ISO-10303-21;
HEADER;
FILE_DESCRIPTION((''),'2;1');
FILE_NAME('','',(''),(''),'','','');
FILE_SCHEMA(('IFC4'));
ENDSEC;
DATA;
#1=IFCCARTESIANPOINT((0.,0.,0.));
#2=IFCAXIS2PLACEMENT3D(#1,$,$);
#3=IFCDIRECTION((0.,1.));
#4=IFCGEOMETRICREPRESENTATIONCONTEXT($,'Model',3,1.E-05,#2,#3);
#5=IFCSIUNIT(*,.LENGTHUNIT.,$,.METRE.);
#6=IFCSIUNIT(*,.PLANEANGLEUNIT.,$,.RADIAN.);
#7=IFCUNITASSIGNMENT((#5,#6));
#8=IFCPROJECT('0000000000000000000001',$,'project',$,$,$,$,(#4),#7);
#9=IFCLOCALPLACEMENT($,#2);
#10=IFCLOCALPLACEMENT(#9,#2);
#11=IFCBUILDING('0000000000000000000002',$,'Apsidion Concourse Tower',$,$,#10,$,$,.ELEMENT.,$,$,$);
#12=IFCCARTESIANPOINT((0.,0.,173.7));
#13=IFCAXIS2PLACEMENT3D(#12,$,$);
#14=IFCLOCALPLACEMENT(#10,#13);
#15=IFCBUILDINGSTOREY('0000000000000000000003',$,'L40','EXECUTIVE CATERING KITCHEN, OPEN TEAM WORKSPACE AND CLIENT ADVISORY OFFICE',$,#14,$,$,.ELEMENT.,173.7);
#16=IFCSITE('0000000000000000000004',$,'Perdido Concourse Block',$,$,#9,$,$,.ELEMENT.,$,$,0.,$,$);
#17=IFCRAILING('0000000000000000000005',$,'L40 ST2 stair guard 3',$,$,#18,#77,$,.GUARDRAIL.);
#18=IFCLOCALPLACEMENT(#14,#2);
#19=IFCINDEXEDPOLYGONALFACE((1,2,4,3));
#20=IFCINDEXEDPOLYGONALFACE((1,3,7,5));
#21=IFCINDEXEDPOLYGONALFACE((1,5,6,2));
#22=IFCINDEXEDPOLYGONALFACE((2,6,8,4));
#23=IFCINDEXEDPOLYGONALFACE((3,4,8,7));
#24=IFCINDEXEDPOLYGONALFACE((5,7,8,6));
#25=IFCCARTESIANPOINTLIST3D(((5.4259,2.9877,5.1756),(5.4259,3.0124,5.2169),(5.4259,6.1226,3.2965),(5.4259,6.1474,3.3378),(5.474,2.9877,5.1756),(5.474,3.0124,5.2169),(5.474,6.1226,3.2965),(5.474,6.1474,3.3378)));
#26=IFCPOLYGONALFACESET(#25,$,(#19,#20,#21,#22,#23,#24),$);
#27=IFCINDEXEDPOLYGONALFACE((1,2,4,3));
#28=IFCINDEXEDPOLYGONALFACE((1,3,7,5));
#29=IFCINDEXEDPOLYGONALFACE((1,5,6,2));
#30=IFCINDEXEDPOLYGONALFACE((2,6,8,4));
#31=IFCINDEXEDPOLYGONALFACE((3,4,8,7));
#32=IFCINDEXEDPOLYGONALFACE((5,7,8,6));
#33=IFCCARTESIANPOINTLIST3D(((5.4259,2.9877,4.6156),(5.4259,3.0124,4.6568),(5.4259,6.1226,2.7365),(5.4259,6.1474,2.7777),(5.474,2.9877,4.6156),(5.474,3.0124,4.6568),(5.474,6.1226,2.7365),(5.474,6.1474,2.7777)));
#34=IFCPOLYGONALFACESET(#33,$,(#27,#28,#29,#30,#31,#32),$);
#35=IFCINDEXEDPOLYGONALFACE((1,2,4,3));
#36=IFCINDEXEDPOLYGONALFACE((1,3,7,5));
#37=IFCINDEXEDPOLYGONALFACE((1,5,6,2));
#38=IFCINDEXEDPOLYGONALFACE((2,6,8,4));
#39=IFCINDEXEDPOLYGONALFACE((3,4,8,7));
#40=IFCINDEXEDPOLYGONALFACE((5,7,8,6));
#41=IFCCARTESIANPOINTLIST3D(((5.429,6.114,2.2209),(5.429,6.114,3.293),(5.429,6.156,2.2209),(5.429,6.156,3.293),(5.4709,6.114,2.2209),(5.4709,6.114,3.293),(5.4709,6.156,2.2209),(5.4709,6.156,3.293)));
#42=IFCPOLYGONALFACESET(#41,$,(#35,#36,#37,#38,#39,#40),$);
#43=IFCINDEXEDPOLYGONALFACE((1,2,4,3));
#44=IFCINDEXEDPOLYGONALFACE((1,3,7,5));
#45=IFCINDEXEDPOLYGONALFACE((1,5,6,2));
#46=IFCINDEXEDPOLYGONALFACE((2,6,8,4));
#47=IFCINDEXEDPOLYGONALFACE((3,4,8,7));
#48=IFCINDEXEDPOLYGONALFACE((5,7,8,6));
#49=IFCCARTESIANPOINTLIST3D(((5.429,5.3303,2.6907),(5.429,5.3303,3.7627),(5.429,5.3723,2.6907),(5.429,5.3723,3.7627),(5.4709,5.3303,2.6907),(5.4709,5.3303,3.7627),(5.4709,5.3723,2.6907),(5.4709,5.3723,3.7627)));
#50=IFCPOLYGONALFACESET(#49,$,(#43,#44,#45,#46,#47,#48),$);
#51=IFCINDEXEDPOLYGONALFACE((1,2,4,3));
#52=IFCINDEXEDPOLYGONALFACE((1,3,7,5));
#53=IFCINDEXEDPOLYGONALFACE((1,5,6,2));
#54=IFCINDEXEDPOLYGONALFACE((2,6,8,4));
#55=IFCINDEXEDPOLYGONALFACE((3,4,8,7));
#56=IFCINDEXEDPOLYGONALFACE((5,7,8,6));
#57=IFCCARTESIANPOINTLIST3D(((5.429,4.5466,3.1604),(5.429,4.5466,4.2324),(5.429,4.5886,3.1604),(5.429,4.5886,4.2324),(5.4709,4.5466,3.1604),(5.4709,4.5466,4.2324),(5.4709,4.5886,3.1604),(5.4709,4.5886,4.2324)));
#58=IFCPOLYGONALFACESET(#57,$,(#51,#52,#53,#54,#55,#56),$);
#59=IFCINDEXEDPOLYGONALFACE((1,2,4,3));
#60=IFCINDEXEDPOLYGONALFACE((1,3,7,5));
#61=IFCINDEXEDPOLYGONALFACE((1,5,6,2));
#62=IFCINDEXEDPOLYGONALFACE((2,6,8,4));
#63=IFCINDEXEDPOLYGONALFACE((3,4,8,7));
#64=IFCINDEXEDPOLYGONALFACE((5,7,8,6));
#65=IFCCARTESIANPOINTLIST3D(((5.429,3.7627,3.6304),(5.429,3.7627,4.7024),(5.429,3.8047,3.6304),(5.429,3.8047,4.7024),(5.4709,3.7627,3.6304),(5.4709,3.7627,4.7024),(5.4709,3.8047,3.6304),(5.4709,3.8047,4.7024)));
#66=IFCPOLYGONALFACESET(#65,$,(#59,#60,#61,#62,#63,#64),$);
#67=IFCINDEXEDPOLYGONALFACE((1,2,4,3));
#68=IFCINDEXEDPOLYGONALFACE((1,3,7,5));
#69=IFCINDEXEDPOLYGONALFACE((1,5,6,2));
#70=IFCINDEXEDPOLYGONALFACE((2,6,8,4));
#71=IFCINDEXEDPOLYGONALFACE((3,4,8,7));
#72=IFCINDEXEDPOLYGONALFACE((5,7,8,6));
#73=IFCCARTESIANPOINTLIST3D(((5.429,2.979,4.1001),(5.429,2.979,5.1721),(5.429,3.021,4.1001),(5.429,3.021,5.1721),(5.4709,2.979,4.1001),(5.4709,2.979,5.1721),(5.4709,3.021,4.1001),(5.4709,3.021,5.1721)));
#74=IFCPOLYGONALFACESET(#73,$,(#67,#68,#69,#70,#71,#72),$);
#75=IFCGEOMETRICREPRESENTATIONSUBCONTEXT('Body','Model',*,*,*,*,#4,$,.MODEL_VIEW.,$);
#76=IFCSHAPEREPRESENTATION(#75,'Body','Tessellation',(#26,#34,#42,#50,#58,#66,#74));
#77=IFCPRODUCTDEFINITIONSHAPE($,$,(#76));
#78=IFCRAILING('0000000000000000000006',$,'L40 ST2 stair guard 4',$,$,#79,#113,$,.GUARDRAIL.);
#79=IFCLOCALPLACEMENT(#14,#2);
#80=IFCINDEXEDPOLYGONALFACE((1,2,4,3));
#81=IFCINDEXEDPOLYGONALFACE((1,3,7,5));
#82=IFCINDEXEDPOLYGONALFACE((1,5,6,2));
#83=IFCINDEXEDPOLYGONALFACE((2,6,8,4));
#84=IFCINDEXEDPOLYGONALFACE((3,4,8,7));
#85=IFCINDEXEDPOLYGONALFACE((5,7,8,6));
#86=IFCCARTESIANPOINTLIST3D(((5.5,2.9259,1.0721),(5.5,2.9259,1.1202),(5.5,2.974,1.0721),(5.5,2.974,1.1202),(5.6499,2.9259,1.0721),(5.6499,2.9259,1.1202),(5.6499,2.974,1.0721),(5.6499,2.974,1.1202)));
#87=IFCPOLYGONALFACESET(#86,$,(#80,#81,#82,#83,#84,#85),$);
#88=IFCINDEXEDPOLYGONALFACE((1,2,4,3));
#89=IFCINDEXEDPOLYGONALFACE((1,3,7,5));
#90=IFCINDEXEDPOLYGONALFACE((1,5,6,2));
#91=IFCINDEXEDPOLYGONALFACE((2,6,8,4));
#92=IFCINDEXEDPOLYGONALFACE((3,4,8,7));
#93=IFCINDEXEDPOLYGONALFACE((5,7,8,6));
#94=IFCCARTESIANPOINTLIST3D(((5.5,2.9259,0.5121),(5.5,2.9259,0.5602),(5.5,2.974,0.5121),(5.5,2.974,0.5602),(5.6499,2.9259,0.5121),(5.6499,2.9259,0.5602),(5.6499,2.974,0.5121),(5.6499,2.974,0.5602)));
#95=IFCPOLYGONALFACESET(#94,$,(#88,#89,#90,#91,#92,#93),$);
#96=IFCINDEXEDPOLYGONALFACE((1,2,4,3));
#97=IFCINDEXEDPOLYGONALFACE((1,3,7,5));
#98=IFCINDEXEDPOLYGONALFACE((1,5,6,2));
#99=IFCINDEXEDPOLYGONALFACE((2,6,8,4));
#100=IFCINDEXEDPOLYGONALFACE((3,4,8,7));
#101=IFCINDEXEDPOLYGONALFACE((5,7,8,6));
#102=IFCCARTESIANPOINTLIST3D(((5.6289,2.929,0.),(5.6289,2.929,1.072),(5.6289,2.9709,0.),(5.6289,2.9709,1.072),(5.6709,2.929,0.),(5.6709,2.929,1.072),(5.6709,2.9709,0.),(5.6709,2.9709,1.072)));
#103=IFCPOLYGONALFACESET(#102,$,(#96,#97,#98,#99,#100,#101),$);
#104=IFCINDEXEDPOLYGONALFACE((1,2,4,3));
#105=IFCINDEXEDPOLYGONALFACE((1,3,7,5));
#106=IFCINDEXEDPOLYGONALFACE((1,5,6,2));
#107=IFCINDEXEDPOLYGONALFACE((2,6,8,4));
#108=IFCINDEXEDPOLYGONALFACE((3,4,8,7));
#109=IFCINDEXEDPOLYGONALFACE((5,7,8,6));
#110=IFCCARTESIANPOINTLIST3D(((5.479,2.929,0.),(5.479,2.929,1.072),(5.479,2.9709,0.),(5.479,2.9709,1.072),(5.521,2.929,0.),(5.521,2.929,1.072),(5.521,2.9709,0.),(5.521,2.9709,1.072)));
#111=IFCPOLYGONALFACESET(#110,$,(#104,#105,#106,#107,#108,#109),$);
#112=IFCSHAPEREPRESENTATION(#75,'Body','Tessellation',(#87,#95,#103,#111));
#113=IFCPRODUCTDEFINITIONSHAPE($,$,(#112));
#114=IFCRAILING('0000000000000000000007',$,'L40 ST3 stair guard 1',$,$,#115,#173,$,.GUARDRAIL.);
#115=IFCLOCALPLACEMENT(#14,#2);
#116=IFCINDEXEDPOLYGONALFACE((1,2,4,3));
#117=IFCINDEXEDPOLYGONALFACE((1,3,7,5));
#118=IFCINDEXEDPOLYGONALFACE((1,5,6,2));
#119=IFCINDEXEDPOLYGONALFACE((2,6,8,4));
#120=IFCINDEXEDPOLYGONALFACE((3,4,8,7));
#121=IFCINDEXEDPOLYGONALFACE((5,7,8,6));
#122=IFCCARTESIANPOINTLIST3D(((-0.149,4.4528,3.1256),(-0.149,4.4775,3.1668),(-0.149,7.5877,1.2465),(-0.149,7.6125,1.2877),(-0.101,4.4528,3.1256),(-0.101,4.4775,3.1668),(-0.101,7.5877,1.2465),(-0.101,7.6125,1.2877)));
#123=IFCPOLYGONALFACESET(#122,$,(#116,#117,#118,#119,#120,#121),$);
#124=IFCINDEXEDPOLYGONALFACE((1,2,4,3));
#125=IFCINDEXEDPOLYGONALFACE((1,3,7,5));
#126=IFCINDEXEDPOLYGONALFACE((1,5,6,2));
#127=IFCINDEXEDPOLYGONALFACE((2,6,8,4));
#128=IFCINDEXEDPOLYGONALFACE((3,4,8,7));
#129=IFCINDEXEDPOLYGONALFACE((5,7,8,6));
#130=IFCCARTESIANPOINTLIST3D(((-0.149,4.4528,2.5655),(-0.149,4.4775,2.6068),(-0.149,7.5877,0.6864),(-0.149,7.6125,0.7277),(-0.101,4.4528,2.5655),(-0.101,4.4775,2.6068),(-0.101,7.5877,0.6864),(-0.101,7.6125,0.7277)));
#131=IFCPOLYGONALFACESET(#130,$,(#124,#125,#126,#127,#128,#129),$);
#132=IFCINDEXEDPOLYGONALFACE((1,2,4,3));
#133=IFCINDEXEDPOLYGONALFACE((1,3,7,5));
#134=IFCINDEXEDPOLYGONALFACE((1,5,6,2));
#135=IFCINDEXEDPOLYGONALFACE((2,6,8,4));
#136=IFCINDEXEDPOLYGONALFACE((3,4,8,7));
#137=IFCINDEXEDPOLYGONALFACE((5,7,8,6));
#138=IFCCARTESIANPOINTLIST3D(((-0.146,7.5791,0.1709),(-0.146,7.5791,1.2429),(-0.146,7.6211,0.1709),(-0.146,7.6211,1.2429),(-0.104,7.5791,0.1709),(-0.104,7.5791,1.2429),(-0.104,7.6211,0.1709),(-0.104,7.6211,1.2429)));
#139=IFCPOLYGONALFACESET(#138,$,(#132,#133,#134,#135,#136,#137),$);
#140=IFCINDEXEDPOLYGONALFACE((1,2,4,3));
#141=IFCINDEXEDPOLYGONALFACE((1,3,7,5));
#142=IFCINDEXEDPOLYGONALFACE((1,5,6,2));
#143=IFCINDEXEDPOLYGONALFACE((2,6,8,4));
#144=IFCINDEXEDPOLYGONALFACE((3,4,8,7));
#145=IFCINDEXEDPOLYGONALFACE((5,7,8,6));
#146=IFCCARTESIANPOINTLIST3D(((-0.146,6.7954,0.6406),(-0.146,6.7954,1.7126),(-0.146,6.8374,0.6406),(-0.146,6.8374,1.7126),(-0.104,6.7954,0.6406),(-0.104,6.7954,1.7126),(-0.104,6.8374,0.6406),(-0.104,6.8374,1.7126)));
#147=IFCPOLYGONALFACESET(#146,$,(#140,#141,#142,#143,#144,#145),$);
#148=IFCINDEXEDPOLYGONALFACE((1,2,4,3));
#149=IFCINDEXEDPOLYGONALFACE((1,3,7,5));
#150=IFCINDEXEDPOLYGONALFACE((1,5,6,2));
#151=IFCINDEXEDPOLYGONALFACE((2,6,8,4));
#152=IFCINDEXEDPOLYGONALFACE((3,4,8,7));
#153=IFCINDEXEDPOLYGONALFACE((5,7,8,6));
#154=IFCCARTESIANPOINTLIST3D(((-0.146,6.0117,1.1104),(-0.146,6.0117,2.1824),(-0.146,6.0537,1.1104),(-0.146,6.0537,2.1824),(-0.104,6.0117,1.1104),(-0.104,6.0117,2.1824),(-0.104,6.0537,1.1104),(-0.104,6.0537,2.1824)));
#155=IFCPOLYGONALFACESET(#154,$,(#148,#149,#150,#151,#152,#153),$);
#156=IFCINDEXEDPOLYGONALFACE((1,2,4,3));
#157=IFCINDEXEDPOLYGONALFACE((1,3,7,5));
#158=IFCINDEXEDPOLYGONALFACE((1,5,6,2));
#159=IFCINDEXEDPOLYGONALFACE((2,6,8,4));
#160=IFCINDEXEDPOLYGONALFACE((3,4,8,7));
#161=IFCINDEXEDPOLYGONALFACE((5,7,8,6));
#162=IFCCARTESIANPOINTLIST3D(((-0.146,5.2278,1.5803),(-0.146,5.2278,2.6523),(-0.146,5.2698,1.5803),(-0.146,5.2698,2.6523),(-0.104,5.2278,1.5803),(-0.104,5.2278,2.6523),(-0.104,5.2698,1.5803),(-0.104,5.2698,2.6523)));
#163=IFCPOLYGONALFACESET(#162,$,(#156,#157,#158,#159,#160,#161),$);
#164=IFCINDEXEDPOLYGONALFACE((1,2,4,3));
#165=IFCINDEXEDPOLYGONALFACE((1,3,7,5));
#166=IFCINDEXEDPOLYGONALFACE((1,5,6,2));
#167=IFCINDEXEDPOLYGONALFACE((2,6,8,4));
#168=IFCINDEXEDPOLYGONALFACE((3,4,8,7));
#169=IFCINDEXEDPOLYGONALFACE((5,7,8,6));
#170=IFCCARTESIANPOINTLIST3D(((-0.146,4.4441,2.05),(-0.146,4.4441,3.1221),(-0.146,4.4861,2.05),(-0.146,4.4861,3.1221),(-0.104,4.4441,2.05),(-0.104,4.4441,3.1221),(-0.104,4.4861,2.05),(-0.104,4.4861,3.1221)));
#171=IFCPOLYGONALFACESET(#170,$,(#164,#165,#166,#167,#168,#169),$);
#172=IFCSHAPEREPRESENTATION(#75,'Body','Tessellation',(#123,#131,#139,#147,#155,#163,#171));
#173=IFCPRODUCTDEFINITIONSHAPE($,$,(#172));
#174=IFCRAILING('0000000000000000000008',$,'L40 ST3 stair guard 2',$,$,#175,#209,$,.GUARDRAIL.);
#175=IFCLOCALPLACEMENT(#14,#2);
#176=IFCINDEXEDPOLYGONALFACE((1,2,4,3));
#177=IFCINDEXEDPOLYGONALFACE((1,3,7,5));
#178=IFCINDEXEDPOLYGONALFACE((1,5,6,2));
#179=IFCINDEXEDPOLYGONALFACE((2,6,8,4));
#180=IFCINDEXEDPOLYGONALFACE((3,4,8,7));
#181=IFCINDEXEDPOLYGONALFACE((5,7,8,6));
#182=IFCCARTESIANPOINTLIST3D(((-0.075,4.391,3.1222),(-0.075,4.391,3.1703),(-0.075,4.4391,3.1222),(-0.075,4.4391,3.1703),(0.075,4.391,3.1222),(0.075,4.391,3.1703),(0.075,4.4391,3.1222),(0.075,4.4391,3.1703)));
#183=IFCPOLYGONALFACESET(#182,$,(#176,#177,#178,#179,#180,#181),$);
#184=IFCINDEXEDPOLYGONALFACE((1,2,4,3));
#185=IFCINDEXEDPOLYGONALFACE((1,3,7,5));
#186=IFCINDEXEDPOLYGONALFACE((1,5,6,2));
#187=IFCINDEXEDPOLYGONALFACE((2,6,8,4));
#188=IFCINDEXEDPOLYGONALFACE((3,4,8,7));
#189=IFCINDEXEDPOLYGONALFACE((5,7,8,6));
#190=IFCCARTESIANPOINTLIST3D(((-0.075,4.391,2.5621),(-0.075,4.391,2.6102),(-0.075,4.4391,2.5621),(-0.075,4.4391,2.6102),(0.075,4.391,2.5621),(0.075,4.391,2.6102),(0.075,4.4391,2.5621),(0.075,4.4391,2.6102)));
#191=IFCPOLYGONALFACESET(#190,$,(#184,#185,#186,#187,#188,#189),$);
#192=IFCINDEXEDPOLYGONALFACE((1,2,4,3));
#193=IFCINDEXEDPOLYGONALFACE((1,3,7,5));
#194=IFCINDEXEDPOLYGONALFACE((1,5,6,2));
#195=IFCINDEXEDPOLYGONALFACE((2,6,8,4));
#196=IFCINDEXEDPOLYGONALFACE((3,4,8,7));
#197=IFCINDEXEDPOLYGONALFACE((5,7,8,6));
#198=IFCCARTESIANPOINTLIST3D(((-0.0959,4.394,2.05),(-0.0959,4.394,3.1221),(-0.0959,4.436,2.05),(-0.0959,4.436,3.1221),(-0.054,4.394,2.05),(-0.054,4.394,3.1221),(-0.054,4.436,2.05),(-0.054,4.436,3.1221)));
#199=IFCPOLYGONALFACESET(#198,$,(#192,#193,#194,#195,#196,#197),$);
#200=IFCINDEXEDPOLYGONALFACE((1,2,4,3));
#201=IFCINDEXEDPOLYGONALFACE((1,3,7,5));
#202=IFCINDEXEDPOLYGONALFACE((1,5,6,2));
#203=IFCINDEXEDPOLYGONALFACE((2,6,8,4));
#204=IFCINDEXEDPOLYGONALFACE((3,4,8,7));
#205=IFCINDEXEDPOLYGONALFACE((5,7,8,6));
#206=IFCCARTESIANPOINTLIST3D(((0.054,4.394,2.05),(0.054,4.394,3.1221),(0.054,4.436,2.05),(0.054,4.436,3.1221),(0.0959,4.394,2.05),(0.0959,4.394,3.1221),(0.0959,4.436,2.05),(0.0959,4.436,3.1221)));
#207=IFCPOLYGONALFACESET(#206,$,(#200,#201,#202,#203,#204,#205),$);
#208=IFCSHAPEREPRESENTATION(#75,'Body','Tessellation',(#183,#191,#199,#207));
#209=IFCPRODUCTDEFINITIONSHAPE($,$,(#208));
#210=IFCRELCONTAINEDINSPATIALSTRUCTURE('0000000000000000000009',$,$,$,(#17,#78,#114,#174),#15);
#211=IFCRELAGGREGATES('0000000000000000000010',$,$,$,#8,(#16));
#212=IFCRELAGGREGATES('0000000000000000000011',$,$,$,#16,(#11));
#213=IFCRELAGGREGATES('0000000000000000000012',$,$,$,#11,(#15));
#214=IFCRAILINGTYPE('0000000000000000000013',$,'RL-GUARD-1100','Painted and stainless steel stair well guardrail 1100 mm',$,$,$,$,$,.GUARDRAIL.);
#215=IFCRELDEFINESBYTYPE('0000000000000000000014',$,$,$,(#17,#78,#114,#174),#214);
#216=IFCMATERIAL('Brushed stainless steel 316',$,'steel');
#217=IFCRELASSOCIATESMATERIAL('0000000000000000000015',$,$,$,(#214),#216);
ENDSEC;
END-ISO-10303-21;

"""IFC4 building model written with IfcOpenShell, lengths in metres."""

from ifc_helpers import new_model, si_unit, direction, frame, origin, origin_2d, place, context, subcontext, project, spatial, rectangle, extrude, material, type_object, element, save


model = new_model("IFC4")

# Units and contexts
model_context = context("Model", 3, precision=1e-05, world=origin(), true_north=direction((0.0, 1.0)))
body_context = subcontext(model_context, "Body", "Model", "MODEL_VIEW")
ifc_project = project(units=[si_unit("LENGTHUNIT", "METRE"), si_unit("PLANEANGLEUNIT", "RADIAN")], contexts=[model_context])

# Site, building, storey
site_placement = place(None, origin())
site = spatial("IfcSite", under=ifc_project, at=site_placement, Name="Perdido Concourse Block", CompositionType="ELEMENT", RefElevation=0.0)
building_placement = place(site_placement, origin())
building = spatial("IfcBuilding", under=site, at=building_placement, Name="Apsidion Concourse Tower", CompositionType="ELEMENT")
storey_placement = place(building_placement, frame((0.0, 0.0, 173.7)))
storey = spatial("IfcBuildingStorey", under=building, at=storey_placement, Name="L40", Description="EXECUTIVE CATERING KITCHEN, OPEN TEAM WORKSPACE AND CLIENT ADVISORY OFFICE", CompositionType="ELEMENT", Elevation=173.7)

# Railings
ifc_material_1 = material(Name="Brushed stainless steel 316", Category="steel")
railing_type_1 = type_object("IfcRailingType", Name="RL-GUARD-1100", Description="Painted and stainless steel stair well guardrail 1100 mm", PredefinedType="GUARDRAIL", material=ifc_material_1)
railing_1_placement = place(storey_placement, frame((5.45, 6.135, 2.2209)))
element("IfcRailing", 1, at=railing_1_placement, inside=storey, type_object=railing_type_1, Name="L40 ST2 stair guard 3", PredefinedType="GUARDRAIL", context=body_context, shape_type="SweptSolid", body=[
    extrude(rectangle(XDim=0.0481, YDim=0.0481, at=origin_2d()), frame((0.0, 0.0, 1.0962), z_axis=(0.0, -0.857717, 0.514122), x_axis=(1.0, 0.0, 0.0)), (0.0, 0.0, 1.0), 3.655),
    extrude(rectangle(XDim=0.0481, YDim=0.0481, at=origin_2d()), frame((0.0, 0.0, 0.5361), z_axis=(0.0, -0.857717, 0.514122), x_axis=(1.0, 0.0, 0.0)), (0.0, 0.0, 1.0), 3.655),
    extrude(rectangle(XDim=0.042, YDim=0.042, at=origin_2d()), origin(), (0.0, 0.0, 1.0), 1.072),
    extrude(rectangle(XDim=0.042, YDim=0.042, at=origin_2d()), frame((0.0, -0.7837, 0.4697)), (0.0, 0.0, 1.0), 1.072),
    extrude(rectangle(XDim=0.042, YDim=0.042, at=origin_2d()), frame((0.0, -1.5674, 0.9395)), (0.0, 0.0, 1.0), 1.072),
    extrude(rectangle(XDim=0.042, YDim=0.042, at=origin_2d()), frame((0.0, -2.3513, 1.4094)), (0.0, 0.0, 1.0), 1.072),
    extrude(rectangle(XDim=0.042, YDim=0.042, at=origin_2d()), frame((0.0, -3.135, 1.8792)), (0.0, 0.0, 1.0), 1.072),
])
railing_2_placement = place(storey_placement, frame((5.6499, 2.95, 0.0)))
element("IfcRailing", 2, at=railing_2_placement, inside=storey, type_object=railing_type_1, Name="L40 ST2 stair guard 4", PredefinedType="GUARDRAIL", context=body_context, shape_type="SweptSolid", body=[
    extrude(rectangle(XDim=0.0481, YDim=0.0481, at=origin_2d()), frame((0.0, 0.0, 1.0962), z_axis=(-1.0, 0.0, 0.0), x_axis=(0.0, -1.0, 0.0)), (0.0, 0.0, 1.0), 0.1499),
    extrude(rectangle(XDim=0.0481, YDim=0.0481, at=origin_2d()), frame((0.0, 0.0, 0.5361), z_axis=(-1.0, 0.0, 0.0), x_axis=(0.0, -1.0, 0.0)), (0.0, 0.0, 1.0), 0.1499),
    extrude(rectangle(XDim=0.042, YDim=0.042, at=origin_2d()), origin(), (0.0, 0.0, 1.0), 1.072),
    extrude(rectangle(XDim=0.042, YDim=0.042, at=origin_2d()), frame((-0.1499, 0.0, 0.0)), (0.0, 0.0, 1.0), 1.072),
])
railing_3_placement = place(storey_placement, frame((-0.125, 7.6001, 0.1709)))
element("IfcRailing", 3, at=railing_3_placement, inside=storey, type_object=railing_type_1, Name="L40 ST3 stair guard 1", PredefinedType="GUARDRAIL", context=body_context, shape_type="SweptSolid", body=[
    extrude(rectangle(XDim=0.0481, YDim=0.0481, at=origin_2d()), frame((0.0, 0.0, 1.0962), z_axis=(0.0, -0.857717, 0.514122), x_axis=(1.0, 0.0, 0.0)), (0.0, 0.0, 1.0), 3.655),
    extrude(rectangle(XDim=0.0481, YDim=0.0481, at=origin_2d()), frame((0.0, 0.0, 0.5361), z_axis=(0.0, -0.857717, 0.514122), x_axis=(1.0, 0.0, 0.0)), (0.0, 0.0, 1.0), 3.655),
    extrude(rectangle(XDim=0.042, YDim=0.042, at=origin_2d()), origin(), (0.0, 0.0, 1.0), 1.072),
    extrude(rectangle(XDim=0.042, YDim=0.042, at=origin_2d()), frame((0.0, -0.7837, 0.4697)), (0.0, 0.0, 1.0), 1.072),
    extrude(rectangle(XDim=0.042, YDim=0.042, at=origin_2d()), frame((0.0, -1.5674, 0.9395)), (0.0, 0.0, 1.0), 1.072),
    extrude(rectangle(XDim=0.042, YDim=0.042, at=origin_2d()), frame((0.0, -2.3513, 1.4094)), (0.0, 0.0, 1.0), 1.072),
    extrude(rectangle(XDim=0.042, YDim=0.042, at=origin_2d()), frame((0.0, -3.135, 1.8792)), (0.0, 0.0, 1.0), 1.072),
])
railing_4_placement = place(storey_placement, frame((-0.075, 4.415, 2.05)))
element("IfcRailing", 4, at=railing_4_placement, inside=storey, type_object=railing_type_1, Name="L40 ST3 stair guard 2", PredefinedType="GUARDRAIL", context=body_context, shape_type="SweptSolid", body=[
    extrude(rectangle(XDim=0.0481, YDim=0.0481, at=origin_2d()), frame((0.0, 0.0, 1.0962), z_axis=(1.0, 0.0, 0.0), x_axis=(0.0, 1.0, 0.0)), (0.0, 0.0, 1.0), 0.1499),
    extrude(rectangle(XDim=0.0481, YDim=0.0481, at=origin_2d()), frame((0.0, 0.0, 0.5361), z_axis=(1.0, 0.0, 0.0), x_axis=(0.0, 1.0, 0.0)), (0.0, 0.0, 1.0), 0.1499),
    extrude(rectangle(XDim=0.042, YDim=0.042, at=origin_2d()), origin(), (0.0, 0.0, 1.0), 1.072),
    extrude(rectangle(XDim=0.042, YDim=0.042, at=origin_2d()), frame((0.1499, 0.0, 0.0)), (0.0, 0.0, 1.0), 1.072),
])

save(model, "model.ifc")
